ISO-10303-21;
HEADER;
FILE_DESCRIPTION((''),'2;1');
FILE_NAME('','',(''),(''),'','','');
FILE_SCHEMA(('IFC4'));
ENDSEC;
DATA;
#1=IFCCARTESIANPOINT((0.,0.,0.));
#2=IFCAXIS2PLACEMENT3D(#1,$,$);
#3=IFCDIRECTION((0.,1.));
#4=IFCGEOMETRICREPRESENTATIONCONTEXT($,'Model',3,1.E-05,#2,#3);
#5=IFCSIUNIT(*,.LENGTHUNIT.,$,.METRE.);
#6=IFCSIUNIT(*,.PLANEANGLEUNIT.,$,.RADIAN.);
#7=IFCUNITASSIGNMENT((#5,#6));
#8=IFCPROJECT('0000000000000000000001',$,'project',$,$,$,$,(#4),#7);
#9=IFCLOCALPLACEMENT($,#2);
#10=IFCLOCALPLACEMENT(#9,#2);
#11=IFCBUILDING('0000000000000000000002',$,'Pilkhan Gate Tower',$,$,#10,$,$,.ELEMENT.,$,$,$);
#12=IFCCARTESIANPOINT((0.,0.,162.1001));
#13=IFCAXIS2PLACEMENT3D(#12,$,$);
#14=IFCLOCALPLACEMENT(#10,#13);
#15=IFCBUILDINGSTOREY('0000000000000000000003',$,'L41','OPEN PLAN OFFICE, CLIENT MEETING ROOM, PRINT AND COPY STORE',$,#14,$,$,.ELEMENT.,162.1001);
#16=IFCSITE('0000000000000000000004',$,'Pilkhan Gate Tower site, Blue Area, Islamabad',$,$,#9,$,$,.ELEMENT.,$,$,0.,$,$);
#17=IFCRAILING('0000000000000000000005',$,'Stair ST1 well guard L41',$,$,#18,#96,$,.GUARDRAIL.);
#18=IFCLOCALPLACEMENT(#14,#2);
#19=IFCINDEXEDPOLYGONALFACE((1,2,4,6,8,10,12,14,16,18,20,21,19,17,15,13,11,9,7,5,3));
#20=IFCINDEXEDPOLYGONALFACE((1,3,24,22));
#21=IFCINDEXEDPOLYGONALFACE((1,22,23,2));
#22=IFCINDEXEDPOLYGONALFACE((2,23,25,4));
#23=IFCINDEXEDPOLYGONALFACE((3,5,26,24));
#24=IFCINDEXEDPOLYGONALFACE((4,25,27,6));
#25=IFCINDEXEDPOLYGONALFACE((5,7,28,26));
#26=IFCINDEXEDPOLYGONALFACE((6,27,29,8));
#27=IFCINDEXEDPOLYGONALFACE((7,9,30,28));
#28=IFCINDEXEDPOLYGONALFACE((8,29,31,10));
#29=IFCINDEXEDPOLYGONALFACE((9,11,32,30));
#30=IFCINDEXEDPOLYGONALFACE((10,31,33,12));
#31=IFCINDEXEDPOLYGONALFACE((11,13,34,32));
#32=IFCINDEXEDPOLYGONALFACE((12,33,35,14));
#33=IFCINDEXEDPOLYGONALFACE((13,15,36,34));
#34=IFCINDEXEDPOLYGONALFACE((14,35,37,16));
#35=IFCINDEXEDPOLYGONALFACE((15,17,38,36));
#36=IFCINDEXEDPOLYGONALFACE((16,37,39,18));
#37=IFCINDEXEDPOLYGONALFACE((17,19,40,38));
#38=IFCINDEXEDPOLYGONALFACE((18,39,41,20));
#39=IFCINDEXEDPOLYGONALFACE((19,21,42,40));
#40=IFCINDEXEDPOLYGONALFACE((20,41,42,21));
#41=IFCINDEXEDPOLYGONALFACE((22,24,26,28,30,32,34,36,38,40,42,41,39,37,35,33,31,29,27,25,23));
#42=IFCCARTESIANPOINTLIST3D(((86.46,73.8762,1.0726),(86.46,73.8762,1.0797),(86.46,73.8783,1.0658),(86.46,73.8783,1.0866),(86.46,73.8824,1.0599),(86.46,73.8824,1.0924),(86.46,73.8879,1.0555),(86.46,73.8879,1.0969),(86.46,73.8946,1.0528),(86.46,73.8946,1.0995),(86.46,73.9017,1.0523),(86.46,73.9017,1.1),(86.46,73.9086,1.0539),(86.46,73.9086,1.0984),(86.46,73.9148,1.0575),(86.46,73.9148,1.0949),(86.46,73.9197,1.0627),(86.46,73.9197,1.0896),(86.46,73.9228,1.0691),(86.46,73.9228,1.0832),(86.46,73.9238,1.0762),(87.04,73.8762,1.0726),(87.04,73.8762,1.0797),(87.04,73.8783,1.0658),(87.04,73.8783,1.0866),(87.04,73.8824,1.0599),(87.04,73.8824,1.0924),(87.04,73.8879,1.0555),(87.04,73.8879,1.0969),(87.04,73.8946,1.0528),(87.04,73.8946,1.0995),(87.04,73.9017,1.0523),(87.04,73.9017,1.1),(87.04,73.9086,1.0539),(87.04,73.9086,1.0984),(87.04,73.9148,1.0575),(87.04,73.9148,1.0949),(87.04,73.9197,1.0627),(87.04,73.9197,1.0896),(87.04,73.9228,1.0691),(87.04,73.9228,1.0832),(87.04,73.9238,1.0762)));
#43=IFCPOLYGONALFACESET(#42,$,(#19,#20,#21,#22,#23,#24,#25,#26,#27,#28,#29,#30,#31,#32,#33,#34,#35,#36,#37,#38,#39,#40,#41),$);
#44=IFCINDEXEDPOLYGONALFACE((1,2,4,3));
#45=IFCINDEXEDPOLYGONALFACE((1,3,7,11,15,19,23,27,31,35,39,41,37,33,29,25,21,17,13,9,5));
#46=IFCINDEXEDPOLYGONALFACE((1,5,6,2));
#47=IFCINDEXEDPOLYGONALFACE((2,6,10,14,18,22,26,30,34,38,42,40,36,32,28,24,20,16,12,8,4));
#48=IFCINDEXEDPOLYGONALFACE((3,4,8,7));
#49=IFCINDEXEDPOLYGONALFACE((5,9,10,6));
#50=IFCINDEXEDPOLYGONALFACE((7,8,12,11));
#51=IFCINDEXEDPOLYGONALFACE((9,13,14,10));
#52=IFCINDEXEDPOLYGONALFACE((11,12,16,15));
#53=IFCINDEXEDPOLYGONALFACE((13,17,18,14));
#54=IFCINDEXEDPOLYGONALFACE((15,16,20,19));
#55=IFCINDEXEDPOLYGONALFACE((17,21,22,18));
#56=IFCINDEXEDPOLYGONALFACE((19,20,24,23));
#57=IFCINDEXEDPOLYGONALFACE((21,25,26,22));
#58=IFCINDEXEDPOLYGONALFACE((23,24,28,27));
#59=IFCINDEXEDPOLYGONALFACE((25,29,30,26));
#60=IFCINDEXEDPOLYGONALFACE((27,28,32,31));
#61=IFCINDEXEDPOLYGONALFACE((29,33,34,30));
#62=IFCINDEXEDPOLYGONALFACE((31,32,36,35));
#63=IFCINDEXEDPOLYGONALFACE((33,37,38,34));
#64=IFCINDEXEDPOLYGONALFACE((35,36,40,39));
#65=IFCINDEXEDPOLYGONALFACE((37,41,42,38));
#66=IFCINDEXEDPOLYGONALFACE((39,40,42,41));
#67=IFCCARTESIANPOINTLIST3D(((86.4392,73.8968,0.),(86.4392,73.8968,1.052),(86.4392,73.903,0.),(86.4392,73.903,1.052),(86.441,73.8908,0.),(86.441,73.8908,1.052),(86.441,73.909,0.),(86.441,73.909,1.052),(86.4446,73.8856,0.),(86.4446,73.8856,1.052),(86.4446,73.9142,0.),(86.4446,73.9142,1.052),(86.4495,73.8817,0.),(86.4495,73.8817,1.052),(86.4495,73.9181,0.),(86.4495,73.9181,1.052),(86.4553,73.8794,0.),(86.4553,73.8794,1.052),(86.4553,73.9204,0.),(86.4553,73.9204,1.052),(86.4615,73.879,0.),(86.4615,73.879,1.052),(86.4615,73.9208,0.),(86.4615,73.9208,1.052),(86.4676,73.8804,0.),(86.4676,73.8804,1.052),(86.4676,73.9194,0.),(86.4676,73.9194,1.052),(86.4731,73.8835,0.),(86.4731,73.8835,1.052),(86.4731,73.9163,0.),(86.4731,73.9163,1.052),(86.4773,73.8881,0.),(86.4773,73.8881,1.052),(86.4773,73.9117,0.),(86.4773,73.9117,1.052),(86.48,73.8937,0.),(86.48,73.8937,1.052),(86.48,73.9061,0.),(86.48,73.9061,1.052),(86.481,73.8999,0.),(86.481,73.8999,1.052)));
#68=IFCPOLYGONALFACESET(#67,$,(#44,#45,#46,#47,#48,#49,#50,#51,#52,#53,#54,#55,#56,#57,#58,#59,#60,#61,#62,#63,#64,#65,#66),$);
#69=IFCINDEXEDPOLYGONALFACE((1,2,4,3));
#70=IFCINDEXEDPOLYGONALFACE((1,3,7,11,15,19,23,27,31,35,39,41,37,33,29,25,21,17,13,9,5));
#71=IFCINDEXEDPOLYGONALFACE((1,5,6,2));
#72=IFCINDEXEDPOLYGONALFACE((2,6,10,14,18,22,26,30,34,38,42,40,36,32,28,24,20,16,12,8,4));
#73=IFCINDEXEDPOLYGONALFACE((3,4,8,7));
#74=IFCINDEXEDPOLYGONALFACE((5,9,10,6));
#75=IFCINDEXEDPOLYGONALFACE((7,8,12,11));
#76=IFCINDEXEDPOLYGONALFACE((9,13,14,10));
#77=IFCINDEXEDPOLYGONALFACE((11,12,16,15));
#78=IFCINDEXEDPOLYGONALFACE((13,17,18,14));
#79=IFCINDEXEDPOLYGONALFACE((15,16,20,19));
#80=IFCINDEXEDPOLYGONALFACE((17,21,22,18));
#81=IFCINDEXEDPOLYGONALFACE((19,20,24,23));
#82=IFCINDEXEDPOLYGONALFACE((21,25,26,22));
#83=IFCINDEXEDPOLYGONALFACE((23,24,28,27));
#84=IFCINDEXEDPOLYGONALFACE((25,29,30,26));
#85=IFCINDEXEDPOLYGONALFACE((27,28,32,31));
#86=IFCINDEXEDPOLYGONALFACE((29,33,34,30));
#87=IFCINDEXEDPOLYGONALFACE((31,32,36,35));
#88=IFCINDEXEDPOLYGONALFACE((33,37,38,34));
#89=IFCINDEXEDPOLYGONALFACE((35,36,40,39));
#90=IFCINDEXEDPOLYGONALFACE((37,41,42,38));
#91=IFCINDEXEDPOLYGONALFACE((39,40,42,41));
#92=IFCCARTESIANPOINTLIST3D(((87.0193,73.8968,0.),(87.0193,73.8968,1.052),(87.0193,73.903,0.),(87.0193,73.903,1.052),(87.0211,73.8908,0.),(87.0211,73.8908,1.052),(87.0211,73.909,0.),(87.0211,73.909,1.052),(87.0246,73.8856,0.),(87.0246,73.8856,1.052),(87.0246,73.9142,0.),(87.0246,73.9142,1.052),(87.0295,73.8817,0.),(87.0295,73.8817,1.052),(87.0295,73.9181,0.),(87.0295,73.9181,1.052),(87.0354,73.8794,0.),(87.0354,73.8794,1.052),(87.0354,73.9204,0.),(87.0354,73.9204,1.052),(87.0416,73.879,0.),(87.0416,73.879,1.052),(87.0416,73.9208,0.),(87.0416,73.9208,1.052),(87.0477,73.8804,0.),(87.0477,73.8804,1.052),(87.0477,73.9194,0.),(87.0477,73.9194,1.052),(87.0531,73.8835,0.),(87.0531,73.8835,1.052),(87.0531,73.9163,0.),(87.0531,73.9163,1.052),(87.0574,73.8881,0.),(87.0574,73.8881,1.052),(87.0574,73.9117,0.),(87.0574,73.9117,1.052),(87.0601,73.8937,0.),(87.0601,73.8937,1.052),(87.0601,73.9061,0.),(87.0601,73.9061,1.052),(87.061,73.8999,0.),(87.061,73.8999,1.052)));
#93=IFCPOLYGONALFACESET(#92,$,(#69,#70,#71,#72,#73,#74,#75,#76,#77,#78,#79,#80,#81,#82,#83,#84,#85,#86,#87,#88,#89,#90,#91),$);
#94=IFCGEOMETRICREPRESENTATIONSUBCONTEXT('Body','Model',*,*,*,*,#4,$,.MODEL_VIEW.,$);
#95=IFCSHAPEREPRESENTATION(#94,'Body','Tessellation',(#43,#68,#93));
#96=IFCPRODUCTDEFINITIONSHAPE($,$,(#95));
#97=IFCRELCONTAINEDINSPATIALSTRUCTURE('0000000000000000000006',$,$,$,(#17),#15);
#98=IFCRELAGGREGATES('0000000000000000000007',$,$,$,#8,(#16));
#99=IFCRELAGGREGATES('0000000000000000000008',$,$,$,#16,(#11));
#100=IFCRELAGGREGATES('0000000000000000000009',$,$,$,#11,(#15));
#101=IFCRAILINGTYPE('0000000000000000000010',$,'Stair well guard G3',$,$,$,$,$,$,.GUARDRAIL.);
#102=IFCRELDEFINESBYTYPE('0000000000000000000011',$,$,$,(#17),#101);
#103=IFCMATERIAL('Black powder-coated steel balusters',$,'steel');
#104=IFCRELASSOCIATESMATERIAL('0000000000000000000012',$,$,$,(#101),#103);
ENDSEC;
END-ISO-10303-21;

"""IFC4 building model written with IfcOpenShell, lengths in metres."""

from ifc_helpers import new_model, si_unit, direction, frame, origin, origin_2d, place, context, subcontext, project, spatial, circle, extrude, material, type_object, element, save


model = new_model("IFC4")

# Units and contexts
model_context = context("Model", 3, precision=1e-05, world=origin(), true_north=direction((0.0, 1.0)))
body_context = subcontext(model_context, "Body", "Model", "MODEL_VIEW")
ifc_project = project(units=[si_unit("LENGTHUNIT", "METRE"), si_unit("PLANEANGLEUNIT", "RADIAN")], contexts=[model_context])

# Site, building, storey
site_placement = place(None, origin())
site = spatial("IfcSite", under=ifc_project, at=site_placement, Name="Pilkhan Gate Tower site, Blue Area, Islamabad", CompositionType="ELEMENT", RefElevation=0.0)
building_placement = place(site_placement, origin())
building = spatial("IfcBuilding", under=site, at=building_placement, Name="Pilkhan Gate Tower", CompositionType="ELEMENT")
storey_placement = place(building_placement, frame((0.0, 0.0, 162.1001)))
storey = spatial("IfcBuildingStorey", under=building, at=storey_placement, Name="L41", Description="OPEN PLAN OFFICE, CLIENT MEETING ROOM, PRINT AND COPY STORE", CompositionType="ELEMENT", Elevation=162.1001)

# Railing
ifc_material_1 = material(Name="Black powder-coated steel balusters", Category="steel")
railing_type_1 = type_object("IfcRailingType", Name="Stair well guard G3", PredefinedType="GUARDRAIL", material=ifc_material_1)
railing_1_placement = place(storey_placement, frame((86.46, 73.8999, 0.0)))
element("IfcRailing", 1, at=railing_1_placement, inside=storey, type_object=railing_type_1, Name="Stair ST1 well guard L41", PredefinedType="GUARDRAIL", context=body_context, shape_type="SweptSolid", body=[
    extrude(circle(Radius=0.0239, at=origin_2d()), frame((0.0, 0.0, 1.0762), z_axis=(1.0, 0.0, 0.0), x_axis=(0.0, 1.0, 0.0)), (0.0, 0.0, 1.0), 0.5801),
    extrude(circle(Radius=0.021, at=origin_2d()), origin(), (0.0, 0.0, 1.0), 1.052),
    extrude(circle(Radius=0.021, at=origin_2d()), frame((0.5801, 0.0, 0.0)), (0.0, 0.0, 1.0), 1.052),
])

save(model, "model.ifc")
